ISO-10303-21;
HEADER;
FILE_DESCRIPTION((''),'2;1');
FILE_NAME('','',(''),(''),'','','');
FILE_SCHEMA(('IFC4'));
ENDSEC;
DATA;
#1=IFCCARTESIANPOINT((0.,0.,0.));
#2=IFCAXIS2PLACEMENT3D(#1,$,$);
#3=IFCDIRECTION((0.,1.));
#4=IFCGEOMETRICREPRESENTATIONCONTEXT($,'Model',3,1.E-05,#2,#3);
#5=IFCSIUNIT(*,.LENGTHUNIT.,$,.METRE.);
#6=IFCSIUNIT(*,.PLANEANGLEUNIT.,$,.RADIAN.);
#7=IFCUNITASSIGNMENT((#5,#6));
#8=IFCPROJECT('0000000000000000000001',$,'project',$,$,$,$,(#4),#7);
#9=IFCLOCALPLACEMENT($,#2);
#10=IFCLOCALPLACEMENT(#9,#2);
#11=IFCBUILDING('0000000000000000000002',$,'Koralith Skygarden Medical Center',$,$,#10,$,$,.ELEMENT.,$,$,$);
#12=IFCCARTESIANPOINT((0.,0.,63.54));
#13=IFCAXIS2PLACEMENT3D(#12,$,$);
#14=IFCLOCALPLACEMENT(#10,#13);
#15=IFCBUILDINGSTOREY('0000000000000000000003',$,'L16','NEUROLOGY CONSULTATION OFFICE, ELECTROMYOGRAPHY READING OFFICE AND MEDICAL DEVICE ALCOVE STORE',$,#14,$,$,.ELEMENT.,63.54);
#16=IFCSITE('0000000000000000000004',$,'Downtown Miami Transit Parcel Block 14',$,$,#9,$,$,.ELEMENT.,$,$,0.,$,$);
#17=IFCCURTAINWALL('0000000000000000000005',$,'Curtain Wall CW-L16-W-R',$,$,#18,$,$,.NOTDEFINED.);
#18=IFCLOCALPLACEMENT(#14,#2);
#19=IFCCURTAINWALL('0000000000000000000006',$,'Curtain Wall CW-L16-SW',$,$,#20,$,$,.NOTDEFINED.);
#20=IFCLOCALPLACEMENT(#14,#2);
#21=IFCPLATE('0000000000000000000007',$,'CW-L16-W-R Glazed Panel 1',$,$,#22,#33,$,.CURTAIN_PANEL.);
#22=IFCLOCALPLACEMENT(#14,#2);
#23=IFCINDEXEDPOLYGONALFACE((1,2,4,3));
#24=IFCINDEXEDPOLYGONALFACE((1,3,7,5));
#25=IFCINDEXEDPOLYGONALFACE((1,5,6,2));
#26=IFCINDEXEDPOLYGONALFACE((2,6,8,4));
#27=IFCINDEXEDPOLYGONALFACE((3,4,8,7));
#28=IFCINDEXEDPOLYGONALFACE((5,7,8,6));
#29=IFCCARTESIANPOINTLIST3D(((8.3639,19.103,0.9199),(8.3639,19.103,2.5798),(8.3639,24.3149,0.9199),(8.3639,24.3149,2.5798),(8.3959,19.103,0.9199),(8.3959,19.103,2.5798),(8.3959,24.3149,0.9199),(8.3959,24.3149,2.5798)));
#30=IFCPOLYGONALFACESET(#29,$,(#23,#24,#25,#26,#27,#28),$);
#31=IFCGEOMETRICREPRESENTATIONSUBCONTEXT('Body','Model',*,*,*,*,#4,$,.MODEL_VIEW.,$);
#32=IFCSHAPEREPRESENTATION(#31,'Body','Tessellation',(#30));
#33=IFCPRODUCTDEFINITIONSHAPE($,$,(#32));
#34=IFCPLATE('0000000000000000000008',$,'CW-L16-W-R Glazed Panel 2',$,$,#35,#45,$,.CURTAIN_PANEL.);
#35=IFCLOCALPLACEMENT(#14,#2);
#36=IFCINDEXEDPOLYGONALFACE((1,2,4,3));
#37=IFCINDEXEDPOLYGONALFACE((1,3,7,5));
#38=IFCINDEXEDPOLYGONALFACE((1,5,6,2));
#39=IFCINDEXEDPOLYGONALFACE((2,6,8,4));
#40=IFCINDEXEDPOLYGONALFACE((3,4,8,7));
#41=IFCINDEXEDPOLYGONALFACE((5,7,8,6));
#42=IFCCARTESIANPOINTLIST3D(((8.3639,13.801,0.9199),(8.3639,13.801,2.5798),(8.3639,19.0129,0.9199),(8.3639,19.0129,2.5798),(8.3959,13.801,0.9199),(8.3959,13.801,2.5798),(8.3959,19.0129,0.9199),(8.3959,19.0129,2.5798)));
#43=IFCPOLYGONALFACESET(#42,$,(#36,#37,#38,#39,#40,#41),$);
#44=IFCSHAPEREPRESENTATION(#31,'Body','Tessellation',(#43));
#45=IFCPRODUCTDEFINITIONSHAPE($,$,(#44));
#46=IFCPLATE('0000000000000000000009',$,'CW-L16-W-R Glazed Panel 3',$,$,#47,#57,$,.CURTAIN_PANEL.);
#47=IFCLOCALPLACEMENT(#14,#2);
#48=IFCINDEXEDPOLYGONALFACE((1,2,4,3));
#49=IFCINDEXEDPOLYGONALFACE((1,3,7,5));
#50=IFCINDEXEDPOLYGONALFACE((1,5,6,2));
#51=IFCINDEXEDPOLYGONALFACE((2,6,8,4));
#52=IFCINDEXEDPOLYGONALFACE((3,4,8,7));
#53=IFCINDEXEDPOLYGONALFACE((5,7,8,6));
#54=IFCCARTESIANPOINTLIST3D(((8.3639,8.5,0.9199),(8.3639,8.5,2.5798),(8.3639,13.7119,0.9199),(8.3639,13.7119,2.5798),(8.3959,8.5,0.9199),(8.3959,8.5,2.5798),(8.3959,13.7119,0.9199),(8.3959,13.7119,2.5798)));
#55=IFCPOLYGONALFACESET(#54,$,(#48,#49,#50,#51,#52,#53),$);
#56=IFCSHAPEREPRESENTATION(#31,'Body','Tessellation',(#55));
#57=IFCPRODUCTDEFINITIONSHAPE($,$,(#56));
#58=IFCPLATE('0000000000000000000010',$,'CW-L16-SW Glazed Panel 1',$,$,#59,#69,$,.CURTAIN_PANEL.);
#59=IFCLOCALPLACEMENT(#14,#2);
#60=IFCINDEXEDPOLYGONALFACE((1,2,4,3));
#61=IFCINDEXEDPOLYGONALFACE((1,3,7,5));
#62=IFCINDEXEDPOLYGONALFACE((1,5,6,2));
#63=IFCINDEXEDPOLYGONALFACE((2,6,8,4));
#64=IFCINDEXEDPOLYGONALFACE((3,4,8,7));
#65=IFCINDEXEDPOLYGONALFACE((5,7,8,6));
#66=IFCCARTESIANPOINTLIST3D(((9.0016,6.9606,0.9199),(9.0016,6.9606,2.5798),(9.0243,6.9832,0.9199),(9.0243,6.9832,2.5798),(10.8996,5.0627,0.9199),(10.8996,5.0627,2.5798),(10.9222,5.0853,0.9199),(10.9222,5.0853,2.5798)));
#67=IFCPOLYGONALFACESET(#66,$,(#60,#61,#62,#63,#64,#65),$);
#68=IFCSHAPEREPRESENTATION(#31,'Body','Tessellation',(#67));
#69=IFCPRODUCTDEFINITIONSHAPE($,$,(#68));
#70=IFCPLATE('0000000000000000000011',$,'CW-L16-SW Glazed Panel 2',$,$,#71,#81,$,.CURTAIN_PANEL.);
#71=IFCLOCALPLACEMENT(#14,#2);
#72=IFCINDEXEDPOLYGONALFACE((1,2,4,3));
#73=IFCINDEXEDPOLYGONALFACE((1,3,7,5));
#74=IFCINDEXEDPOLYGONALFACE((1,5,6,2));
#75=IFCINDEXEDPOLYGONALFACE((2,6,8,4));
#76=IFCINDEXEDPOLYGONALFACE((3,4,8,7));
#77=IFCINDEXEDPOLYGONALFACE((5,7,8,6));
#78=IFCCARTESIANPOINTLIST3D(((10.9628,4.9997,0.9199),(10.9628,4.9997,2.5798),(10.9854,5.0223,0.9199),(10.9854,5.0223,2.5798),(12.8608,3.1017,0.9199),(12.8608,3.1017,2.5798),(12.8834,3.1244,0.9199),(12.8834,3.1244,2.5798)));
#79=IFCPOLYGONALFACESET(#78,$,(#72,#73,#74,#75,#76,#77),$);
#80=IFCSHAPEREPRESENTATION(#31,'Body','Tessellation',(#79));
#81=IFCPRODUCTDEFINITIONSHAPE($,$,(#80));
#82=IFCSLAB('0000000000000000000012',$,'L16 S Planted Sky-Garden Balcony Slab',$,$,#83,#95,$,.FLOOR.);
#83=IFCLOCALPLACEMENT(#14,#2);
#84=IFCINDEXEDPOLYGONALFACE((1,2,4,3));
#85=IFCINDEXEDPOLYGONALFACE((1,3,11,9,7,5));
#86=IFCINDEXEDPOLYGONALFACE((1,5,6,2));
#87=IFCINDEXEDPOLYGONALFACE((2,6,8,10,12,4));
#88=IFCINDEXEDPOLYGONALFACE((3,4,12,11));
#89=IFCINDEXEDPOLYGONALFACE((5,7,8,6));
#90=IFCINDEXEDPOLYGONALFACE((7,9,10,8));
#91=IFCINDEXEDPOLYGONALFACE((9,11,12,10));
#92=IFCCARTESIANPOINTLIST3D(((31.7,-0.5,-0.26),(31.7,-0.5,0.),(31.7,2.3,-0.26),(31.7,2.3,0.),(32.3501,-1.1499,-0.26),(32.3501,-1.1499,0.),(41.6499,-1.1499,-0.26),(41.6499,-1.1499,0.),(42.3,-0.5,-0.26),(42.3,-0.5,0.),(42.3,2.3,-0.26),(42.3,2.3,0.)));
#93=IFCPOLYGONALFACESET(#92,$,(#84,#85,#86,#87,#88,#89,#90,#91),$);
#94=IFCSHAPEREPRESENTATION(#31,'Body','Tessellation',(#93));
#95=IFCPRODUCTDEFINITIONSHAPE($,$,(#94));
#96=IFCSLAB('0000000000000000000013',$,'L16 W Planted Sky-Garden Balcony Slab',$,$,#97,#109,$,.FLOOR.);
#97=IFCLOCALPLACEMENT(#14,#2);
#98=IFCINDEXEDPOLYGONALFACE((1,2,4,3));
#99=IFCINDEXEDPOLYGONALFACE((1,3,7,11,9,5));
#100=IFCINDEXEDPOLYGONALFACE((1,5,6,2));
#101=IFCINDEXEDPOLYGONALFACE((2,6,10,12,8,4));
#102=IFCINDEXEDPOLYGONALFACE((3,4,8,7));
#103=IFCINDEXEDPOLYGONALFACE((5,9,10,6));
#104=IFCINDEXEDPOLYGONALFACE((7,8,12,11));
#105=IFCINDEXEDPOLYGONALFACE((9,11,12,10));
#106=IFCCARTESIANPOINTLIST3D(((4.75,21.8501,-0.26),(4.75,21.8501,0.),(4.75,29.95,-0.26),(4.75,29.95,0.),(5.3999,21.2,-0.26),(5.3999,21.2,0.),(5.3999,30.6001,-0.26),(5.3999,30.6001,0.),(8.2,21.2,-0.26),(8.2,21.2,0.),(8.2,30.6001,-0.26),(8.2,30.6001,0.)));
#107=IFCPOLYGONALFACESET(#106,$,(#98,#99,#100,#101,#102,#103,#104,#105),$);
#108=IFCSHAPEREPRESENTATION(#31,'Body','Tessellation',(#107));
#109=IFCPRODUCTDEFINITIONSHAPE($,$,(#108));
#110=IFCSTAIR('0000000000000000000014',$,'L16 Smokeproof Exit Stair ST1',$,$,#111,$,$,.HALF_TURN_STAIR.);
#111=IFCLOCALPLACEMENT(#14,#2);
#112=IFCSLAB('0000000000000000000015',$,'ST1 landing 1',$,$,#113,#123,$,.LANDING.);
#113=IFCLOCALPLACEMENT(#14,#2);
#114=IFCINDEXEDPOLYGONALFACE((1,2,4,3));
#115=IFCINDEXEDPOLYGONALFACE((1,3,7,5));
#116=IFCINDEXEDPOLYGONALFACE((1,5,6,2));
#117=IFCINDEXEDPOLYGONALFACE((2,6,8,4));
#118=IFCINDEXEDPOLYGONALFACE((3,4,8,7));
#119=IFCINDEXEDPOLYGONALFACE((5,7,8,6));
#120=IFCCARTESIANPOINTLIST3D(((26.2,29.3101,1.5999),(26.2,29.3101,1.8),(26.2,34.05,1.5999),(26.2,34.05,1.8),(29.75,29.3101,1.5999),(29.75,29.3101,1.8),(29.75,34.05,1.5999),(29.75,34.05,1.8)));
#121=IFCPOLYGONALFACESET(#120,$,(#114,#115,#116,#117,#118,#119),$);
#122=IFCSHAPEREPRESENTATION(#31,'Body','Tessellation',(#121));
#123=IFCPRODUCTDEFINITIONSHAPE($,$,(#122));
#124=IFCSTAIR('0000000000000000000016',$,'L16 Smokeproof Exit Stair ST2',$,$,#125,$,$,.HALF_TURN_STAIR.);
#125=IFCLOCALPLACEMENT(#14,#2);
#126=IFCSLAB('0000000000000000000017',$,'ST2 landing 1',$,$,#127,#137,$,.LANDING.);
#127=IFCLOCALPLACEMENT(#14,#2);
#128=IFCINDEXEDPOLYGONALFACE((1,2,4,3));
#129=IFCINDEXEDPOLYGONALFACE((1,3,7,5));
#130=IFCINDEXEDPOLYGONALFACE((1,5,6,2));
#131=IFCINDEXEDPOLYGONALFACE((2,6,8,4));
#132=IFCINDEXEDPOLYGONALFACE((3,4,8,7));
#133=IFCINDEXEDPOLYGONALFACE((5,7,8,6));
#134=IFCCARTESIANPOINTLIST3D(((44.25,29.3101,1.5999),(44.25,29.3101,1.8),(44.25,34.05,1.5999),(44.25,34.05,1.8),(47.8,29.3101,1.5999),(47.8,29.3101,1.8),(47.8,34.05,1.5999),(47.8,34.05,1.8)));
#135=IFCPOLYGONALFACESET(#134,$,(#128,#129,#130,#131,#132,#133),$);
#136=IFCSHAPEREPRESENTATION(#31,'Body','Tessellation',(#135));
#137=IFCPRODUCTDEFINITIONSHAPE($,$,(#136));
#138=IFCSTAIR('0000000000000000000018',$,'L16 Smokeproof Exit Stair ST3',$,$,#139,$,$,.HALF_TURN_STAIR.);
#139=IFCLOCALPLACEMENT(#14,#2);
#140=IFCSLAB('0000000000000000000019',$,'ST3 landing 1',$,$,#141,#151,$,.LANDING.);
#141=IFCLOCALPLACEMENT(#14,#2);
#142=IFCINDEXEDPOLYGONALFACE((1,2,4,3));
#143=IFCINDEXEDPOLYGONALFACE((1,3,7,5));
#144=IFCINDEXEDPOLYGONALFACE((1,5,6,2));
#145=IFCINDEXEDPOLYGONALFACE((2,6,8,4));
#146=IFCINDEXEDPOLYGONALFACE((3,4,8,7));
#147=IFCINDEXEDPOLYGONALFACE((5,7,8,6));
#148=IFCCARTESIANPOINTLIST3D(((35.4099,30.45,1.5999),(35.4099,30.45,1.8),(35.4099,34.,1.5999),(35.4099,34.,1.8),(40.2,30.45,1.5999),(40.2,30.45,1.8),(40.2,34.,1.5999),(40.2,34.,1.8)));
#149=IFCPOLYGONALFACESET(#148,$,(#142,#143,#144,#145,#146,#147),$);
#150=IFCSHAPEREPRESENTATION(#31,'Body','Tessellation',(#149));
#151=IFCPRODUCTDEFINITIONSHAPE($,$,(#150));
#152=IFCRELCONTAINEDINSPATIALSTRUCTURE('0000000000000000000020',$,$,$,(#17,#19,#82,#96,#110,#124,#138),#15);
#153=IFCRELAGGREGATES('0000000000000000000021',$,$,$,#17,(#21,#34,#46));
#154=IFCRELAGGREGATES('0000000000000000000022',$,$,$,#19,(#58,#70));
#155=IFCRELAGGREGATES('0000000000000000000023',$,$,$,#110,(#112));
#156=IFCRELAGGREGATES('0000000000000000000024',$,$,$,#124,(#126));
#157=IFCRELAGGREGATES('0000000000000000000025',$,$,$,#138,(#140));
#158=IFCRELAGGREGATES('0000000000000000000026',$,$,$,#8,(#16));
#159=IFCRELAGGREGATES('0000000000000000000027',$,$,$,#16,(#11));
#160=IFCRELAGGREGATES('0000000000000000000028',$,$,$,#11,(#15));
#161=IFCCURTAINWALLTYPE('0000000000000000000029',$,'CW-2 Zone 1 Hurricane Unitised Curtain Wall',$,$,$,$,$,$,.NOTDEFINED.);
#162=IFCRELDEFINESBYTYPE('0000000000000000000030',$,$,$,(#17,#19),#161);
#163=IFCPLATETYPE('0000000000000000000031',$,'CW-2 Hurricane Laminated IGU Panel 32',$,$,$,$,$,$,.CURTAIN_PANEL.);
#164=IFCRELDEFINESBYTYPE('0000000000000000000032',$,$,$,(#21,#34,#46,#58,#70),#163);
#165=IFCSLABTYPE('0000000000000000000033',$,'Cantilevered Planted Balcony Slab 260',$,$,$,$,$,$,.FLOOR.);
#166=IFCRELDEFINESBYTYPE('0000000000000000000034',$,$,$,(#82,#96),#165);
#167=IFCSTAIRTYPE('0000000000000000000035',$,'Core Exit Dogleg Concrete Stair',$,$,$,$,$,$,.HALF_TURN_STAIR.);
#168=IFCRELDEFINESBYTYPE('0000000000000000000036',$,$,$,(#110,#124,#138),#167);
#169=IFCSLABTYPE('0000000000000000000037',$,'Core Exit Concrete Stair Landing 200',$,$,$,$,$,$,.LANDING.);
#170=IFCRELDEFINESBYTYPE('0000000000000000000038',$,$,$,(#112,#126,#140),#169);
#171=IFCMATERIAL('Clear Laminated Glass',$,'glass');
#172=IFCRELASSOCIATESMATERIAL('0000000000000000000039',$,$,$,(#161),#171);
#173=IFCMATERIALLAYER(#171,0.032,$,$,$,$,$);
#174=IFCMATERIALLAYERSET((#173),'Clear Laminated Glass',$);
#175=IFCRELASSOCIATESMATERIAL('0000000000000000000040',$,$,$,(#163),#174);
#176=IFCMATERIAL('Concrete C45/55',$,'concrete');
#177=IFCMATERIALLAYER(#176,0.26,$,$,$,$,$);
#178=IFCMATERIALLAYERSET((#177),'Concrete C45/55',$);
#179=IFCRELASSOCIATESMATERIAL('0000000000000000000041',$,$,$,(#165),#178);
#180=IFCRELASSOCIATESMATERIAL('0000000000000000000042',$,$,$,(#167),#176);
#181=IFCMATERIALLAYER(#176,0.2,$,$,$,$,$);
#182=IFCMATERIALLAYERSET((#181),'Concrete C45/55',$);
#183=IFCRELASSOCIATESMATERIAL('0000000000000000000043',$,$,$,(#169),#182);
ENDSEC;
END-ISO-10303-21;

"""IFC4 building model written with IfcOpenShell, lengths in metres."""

from ifc_helpers import new_model, si_unit, direction, frame, origin, origin_2d, place, context, subcontext, project, spatial, polyline, rectangle, outline, extrude, material, layer, layer_set, type_object, element, aggregate, save


model = new_model("IFC4")

# Units and contexts
model_context = context("Model", 3, precision=1e-05, world=origin(), true_north=direction((0.0, 1.0)))
body_context = subcontext(model_context, "Body", "Model", "MODEL_VIEW")
ifc_project = project(units=[si_unit("LENGTHUNIT", "METRE"), si_unit("PLANEANGLEUNIT", "RADIAN")], contexts=[model_context])

# Site, building, storey
site_placement = place(None, origin())
site = spatial("IfcSite", under=ifc_project, at=site_placement, Name="Downtown Miami Transit Parcel Block 14", CompositionType="ELEMENT", RefElevation=0.0)
building_placement = place(site_placement, origin())
building = spatial("IfcBuilding", under=site, at=building_placement, Name="Koralith Skygarden Medical Center", CompositionType="ELEMENT")
storey_placement = place(building_placement, frame((0.0, 0.0, 63.54)))
storey = spatial("IfcBuildingStorey", under=building, at=storey_placement, Name="L16", Description="NEUROLOGY CONSULTATION OFFICE, ELECTROMYOGRAPHY READING OFFICE AND MEDICAL DEVICE ALCOVE STORE", CompositionType="ELEMENT", Elevation=63.54)

# Shared definitions
ifc_material_1 = material(Name="Clear Laminated Glass", Category="glass")
curtain_wall_type = type_object("IfcCurtainWallType", Name="CW-2 Zone 1 Hurricane Unitised Curtain Wall", PredefinedType="NOTDEFINED", material=ifc_material_1)

# Curtain walls
curtain_wall_1_placement = place(storey_placement, origin())
curtain_wall_1 = element("IfcCurtainWall", 1, at=curtain_wall_1_placement, inside=storey, type_object=curtain_wall_type, Name="Curtain Wall CW-L16-W-R", PredefinedType="NOTDEFINED")
curtain_wall_2_placement = place(storey_placement, origin())
curtain_wall_2 = element("IfcCurtainWall", 2, at=curtain_wall_2_placement, inside=storey, type_object=curtain_wall_type, Name="Curtain Wall CW-L16-SW", PredefinedType="NOTDEFINED")

# Shared definitions
ifc_material_2 = material(Name="Concrete C45/55", Category="concrete")

# Plates
ifc_layer_1 = layer(ifc_material_1, 0.032)
ifc_layer_set_1 = layer_set([ifc_layer_1], Name="Clear Laminated Glass")
plate_type_1 = type_object("IfcPlateType", Name="CW-2 Hurricane Laminated IGU Panel 32", PredefinedType="CURTAIN_PANEL", material=ifc_layer_set_1)
plate_1_placement = place(storey_placement, frame((8.3799, 21.709, 0.9199), z_axis=(0.0, 0.0, 1.0), x_axis=(0.0, -1.0, 0.0)))
plate_1 = element("IfcPlate", 3, at=plate_1_placement, type_object=plate_type_1, Name="CW-L16-W-R Glazed Panel 1", PredefinedType="CURTAIN_PANEL", context=body_context, shape_type="SweptSolid", body=[
    extrude(rectangle(XDim=5.2119, YDim=0.032, at=origin_2d()), origin(), (0.0, 0.0, 1.0), 1.6599),
])
plate_2_placement = place(storey_placement, frame((8.3799, 16.407, 0.9199), z_axis=(0.0, 0.0, 1.0), x_axis=(0.0, -1.0, 0.0)))
plate_2 = element("IfcPlate", 4, at=plate_2_placement, type_object=plate_type_1, Name="CW-L16-W-R Glazed Panel 2", PredefinedType="CURTAIN_PANEL", context=body_context, shape_type="SweptSolid", body=[
    extrude(rectangle(XDim=5.2119, YDim=0.032, at=origin_2d()), origin(), (0.0, 0.0, 1.0), 1.6599),
])
plate_3_placement = place(storey_placement, frame((8.3799, 11.106, 0.9199), z_axis=(0.0, 0.0, 1.0), x_axis=(0.0, -1.0, 0.0)))
plate_3 = element("IfcPlate", 5, at=plate_3_placement, type_object=plate_type_1, Name="CW-L16-W-R Glazed Panel 3", PredefinedType="CURTAIN_PANEL", context=body_context, shape_type="SweptSolid", body=[
    extrude(rectangle(XDim=5.2119, YDim=0.032, at=origin_2d()), origin(), (0.0, 0.0, 1.0), 1.6599),
])
aggregate(curtain_wall_1, [plate_1, plate_2, plate_3])
plate_4_placement = place(storey_placement, frame((9.9619, 6.0229, 0.9199), z_axis=(0.0, 0.0, 1.0), x_axis=(0.707107, -0.707107, 0.0)))
plate_4 = element("IfcPlate", 6, at=plate_4_placement, type_object=plate_type_1, Name="CW-L16-SW Glazed Panel 1", PredefinedType="CURTAIN_PANEL", context=body_context, shape_type="SweptSolid", body=[
    extrude(rectangle(XDim=2.6841, YDim=0.032, at=origin_2d()), origin(), (0.0, 0.0, 1.0), 1.6599),
])
plate_5_placement = place(storey_placement, frame((11.9231, 4.062, 0.9199), z_axis=(0.0, 0.0, 1.0), x_axis=(0.707107, -0.707107, 0.0)))
plate_5 = element("IfcPlate", 7, at=plate_5_placement, type_object=plate_type_1, Name="CW-L16-SW Glazed Panel 2", PredefinedType="CURTAIN_PANEL", context=body_context, shape_type="SweptSolid", body=[
    extrude(rectangle(XDim=2.6841, YDim=0.032, at=origin_2d()), origin(), (0.0, 0.0, 1.0), 1.6599),
])
aggregate(curtain_wall_2, [plate_4, plate_5])

# Slabs
ifc_layer_2 = layer(ifc_material_2, 0.26)
ifc_layer_set_2 = layer_set([ifc_layer_2], Name="Concrete C45/55")
slab_type_1 = type_object("IfcSlabType", Name="Cantilevered Planted Balcony Slab 260", PredefinedType="FLOOR", material=ifc_layer_set_2)
slab_1_placement = place(storey_placement, frame((0.0, 0.0, -0.26)))
element("IfcSlab", 8, at=slab_1_placement, inside=storey, type_object=slab_type_1, Name="L16 S Planted Sky-Garden Balcony Slab", PredefinedType="FLOOR", context=body_context, shape_type="SweptSolid", body=[
    extrude(outline(polyline([(32.3501, -1.1499), (41.6499, -1.1499), (42.3, -0.5), (42.3, 2.3), (31.7, 2.3), (31.7, -0.5), (32.3501, -1.1499)])), origin(), (0.0, 0.0, 1.0), 0.26),
])
slab_2_placement = place(storey_placement, frame((0.0, 0.0, -0.26)))
element("IfcSlab", 9, at=slab_2_placement, inside=storey, type_object=slab_type_1, Name="L16 W Planted Sky-Garden Balcony Slab", PredefinedType="FLOOR", context=body_context, shape_type="SweptSolid", body=[
    extrude(outline(polyline([(5.3999, 21.2), (8.2, 21.2), (8.2, 30.6001), (5.3999, 30.6001), (4.75, 29.95), (4.75, 21.8501), (5.3999, 21.2)])), origin(), (0.0, 0.0, 1.0), 0.26),
])

# Stairs, slabs
stair_type = type_object("IfcStairType", Name="Core Exit Dogleg Concrete Stair", PredefinedType="HALF_TURN_STAIR", material=ifc_material_2)
stair_1_placement = place(storey_placement, origin())
stair_1 = element("IfcStair", 10, at=stair_1_placement, inside=storey, type_object=stair_type, Name="L16 Smokeproof Exit Stair ST1", PredefinedType="HALF_TURN_STAIR")
ifc_layer_3 = layer(ifc_material_2, 0.2)
ifc_layer_set_3 = layer_set([ifc_layer_3], Name="Concrete C45/55")
slab_type_2 = type_object("IfcSlabType", Name="Core Exit Concrete Stair Landing 200", PredefinedType="LANDING", material=ifc_layer_set_3)
slab_3_placement = place(storey_placement, frame((0.0, 0.0, 1.5999)))
slab_3 = element("IfcSlab", 11, at=slab_3_placement, type_object=slab_type_2, Name="ST1 landing 1", PredefinedType="LANDING", context=body_context, shape_type="SweptSolid", body=[
    extrude(outline(polyline([(29.75, 29.3101), (29.75, 34.05), (26.2, 34.05), (26.2, 29.3101), (29.75, 29.3101)])), origin(), (0.0, 0.0, 1.0), 0.2002),
])
aggregate(stair_1, [slab_3])
stair_2_placement = place(storey_placement, origin())
stair_2 = element("IfcStair", 12, at=stair_2_placement, inside=storey, type_object=stair_type, Name="L16 Smokeproof Exit Stair ST2", PredefinedType="HALF_TURN_STAIR")
slab_4_placement = place(storey_placement, frame((0.0, 0.0, 1.5999)))
slab_4 = element("IfcSlab", 13, at=slab_4_placement, type_object=slab_type_2, Name="ST2 landing 1", PredefinedType="LANDING", context=body_context, shape_type="SweptSolid", body=[
    extrude(outline(polyline([(47.8, 29.3101), (47.8, 34.05), (44.25, 34.05), (44.25, 29.3101), (47.8, 29.3101)])), origin(), (0.0, 0.0, 1.0), 0.2002),
])
aggregate(stair_2, [slab_4])
stair_3_placement = place(storey_placement, origin())
stair_3 = element("IfcStair", 14, at=stair_3_placement, inside=storey, type_object=stair_type, Name="L16 Smokeproof Exit Stair ST3", PredefinedType="HALF_TURN_STAIR")
slab_5_placement = place(storey_placement, frame((0.0, 0.0, 1.5999)))
slab_5 = element("IfcSlab", 15, at=slab_5_placement, type_object=slab_type_2, Name="ST3 landing 1", PredefinedType="LANDING", context=body_context, shape_type="SweptSolid", body=[
    extrude(outline(polyline([(35.4099, 30.45), (40.2, 30.45), (40.2, 34.0), (35.4099, 34.0), (35.4099, 30.45)])), origin(), (0.0, 0.0, 1.0), 0.2002),
])
aggregate(stair_3, [slab_5])

save(model, "model.ifc")
